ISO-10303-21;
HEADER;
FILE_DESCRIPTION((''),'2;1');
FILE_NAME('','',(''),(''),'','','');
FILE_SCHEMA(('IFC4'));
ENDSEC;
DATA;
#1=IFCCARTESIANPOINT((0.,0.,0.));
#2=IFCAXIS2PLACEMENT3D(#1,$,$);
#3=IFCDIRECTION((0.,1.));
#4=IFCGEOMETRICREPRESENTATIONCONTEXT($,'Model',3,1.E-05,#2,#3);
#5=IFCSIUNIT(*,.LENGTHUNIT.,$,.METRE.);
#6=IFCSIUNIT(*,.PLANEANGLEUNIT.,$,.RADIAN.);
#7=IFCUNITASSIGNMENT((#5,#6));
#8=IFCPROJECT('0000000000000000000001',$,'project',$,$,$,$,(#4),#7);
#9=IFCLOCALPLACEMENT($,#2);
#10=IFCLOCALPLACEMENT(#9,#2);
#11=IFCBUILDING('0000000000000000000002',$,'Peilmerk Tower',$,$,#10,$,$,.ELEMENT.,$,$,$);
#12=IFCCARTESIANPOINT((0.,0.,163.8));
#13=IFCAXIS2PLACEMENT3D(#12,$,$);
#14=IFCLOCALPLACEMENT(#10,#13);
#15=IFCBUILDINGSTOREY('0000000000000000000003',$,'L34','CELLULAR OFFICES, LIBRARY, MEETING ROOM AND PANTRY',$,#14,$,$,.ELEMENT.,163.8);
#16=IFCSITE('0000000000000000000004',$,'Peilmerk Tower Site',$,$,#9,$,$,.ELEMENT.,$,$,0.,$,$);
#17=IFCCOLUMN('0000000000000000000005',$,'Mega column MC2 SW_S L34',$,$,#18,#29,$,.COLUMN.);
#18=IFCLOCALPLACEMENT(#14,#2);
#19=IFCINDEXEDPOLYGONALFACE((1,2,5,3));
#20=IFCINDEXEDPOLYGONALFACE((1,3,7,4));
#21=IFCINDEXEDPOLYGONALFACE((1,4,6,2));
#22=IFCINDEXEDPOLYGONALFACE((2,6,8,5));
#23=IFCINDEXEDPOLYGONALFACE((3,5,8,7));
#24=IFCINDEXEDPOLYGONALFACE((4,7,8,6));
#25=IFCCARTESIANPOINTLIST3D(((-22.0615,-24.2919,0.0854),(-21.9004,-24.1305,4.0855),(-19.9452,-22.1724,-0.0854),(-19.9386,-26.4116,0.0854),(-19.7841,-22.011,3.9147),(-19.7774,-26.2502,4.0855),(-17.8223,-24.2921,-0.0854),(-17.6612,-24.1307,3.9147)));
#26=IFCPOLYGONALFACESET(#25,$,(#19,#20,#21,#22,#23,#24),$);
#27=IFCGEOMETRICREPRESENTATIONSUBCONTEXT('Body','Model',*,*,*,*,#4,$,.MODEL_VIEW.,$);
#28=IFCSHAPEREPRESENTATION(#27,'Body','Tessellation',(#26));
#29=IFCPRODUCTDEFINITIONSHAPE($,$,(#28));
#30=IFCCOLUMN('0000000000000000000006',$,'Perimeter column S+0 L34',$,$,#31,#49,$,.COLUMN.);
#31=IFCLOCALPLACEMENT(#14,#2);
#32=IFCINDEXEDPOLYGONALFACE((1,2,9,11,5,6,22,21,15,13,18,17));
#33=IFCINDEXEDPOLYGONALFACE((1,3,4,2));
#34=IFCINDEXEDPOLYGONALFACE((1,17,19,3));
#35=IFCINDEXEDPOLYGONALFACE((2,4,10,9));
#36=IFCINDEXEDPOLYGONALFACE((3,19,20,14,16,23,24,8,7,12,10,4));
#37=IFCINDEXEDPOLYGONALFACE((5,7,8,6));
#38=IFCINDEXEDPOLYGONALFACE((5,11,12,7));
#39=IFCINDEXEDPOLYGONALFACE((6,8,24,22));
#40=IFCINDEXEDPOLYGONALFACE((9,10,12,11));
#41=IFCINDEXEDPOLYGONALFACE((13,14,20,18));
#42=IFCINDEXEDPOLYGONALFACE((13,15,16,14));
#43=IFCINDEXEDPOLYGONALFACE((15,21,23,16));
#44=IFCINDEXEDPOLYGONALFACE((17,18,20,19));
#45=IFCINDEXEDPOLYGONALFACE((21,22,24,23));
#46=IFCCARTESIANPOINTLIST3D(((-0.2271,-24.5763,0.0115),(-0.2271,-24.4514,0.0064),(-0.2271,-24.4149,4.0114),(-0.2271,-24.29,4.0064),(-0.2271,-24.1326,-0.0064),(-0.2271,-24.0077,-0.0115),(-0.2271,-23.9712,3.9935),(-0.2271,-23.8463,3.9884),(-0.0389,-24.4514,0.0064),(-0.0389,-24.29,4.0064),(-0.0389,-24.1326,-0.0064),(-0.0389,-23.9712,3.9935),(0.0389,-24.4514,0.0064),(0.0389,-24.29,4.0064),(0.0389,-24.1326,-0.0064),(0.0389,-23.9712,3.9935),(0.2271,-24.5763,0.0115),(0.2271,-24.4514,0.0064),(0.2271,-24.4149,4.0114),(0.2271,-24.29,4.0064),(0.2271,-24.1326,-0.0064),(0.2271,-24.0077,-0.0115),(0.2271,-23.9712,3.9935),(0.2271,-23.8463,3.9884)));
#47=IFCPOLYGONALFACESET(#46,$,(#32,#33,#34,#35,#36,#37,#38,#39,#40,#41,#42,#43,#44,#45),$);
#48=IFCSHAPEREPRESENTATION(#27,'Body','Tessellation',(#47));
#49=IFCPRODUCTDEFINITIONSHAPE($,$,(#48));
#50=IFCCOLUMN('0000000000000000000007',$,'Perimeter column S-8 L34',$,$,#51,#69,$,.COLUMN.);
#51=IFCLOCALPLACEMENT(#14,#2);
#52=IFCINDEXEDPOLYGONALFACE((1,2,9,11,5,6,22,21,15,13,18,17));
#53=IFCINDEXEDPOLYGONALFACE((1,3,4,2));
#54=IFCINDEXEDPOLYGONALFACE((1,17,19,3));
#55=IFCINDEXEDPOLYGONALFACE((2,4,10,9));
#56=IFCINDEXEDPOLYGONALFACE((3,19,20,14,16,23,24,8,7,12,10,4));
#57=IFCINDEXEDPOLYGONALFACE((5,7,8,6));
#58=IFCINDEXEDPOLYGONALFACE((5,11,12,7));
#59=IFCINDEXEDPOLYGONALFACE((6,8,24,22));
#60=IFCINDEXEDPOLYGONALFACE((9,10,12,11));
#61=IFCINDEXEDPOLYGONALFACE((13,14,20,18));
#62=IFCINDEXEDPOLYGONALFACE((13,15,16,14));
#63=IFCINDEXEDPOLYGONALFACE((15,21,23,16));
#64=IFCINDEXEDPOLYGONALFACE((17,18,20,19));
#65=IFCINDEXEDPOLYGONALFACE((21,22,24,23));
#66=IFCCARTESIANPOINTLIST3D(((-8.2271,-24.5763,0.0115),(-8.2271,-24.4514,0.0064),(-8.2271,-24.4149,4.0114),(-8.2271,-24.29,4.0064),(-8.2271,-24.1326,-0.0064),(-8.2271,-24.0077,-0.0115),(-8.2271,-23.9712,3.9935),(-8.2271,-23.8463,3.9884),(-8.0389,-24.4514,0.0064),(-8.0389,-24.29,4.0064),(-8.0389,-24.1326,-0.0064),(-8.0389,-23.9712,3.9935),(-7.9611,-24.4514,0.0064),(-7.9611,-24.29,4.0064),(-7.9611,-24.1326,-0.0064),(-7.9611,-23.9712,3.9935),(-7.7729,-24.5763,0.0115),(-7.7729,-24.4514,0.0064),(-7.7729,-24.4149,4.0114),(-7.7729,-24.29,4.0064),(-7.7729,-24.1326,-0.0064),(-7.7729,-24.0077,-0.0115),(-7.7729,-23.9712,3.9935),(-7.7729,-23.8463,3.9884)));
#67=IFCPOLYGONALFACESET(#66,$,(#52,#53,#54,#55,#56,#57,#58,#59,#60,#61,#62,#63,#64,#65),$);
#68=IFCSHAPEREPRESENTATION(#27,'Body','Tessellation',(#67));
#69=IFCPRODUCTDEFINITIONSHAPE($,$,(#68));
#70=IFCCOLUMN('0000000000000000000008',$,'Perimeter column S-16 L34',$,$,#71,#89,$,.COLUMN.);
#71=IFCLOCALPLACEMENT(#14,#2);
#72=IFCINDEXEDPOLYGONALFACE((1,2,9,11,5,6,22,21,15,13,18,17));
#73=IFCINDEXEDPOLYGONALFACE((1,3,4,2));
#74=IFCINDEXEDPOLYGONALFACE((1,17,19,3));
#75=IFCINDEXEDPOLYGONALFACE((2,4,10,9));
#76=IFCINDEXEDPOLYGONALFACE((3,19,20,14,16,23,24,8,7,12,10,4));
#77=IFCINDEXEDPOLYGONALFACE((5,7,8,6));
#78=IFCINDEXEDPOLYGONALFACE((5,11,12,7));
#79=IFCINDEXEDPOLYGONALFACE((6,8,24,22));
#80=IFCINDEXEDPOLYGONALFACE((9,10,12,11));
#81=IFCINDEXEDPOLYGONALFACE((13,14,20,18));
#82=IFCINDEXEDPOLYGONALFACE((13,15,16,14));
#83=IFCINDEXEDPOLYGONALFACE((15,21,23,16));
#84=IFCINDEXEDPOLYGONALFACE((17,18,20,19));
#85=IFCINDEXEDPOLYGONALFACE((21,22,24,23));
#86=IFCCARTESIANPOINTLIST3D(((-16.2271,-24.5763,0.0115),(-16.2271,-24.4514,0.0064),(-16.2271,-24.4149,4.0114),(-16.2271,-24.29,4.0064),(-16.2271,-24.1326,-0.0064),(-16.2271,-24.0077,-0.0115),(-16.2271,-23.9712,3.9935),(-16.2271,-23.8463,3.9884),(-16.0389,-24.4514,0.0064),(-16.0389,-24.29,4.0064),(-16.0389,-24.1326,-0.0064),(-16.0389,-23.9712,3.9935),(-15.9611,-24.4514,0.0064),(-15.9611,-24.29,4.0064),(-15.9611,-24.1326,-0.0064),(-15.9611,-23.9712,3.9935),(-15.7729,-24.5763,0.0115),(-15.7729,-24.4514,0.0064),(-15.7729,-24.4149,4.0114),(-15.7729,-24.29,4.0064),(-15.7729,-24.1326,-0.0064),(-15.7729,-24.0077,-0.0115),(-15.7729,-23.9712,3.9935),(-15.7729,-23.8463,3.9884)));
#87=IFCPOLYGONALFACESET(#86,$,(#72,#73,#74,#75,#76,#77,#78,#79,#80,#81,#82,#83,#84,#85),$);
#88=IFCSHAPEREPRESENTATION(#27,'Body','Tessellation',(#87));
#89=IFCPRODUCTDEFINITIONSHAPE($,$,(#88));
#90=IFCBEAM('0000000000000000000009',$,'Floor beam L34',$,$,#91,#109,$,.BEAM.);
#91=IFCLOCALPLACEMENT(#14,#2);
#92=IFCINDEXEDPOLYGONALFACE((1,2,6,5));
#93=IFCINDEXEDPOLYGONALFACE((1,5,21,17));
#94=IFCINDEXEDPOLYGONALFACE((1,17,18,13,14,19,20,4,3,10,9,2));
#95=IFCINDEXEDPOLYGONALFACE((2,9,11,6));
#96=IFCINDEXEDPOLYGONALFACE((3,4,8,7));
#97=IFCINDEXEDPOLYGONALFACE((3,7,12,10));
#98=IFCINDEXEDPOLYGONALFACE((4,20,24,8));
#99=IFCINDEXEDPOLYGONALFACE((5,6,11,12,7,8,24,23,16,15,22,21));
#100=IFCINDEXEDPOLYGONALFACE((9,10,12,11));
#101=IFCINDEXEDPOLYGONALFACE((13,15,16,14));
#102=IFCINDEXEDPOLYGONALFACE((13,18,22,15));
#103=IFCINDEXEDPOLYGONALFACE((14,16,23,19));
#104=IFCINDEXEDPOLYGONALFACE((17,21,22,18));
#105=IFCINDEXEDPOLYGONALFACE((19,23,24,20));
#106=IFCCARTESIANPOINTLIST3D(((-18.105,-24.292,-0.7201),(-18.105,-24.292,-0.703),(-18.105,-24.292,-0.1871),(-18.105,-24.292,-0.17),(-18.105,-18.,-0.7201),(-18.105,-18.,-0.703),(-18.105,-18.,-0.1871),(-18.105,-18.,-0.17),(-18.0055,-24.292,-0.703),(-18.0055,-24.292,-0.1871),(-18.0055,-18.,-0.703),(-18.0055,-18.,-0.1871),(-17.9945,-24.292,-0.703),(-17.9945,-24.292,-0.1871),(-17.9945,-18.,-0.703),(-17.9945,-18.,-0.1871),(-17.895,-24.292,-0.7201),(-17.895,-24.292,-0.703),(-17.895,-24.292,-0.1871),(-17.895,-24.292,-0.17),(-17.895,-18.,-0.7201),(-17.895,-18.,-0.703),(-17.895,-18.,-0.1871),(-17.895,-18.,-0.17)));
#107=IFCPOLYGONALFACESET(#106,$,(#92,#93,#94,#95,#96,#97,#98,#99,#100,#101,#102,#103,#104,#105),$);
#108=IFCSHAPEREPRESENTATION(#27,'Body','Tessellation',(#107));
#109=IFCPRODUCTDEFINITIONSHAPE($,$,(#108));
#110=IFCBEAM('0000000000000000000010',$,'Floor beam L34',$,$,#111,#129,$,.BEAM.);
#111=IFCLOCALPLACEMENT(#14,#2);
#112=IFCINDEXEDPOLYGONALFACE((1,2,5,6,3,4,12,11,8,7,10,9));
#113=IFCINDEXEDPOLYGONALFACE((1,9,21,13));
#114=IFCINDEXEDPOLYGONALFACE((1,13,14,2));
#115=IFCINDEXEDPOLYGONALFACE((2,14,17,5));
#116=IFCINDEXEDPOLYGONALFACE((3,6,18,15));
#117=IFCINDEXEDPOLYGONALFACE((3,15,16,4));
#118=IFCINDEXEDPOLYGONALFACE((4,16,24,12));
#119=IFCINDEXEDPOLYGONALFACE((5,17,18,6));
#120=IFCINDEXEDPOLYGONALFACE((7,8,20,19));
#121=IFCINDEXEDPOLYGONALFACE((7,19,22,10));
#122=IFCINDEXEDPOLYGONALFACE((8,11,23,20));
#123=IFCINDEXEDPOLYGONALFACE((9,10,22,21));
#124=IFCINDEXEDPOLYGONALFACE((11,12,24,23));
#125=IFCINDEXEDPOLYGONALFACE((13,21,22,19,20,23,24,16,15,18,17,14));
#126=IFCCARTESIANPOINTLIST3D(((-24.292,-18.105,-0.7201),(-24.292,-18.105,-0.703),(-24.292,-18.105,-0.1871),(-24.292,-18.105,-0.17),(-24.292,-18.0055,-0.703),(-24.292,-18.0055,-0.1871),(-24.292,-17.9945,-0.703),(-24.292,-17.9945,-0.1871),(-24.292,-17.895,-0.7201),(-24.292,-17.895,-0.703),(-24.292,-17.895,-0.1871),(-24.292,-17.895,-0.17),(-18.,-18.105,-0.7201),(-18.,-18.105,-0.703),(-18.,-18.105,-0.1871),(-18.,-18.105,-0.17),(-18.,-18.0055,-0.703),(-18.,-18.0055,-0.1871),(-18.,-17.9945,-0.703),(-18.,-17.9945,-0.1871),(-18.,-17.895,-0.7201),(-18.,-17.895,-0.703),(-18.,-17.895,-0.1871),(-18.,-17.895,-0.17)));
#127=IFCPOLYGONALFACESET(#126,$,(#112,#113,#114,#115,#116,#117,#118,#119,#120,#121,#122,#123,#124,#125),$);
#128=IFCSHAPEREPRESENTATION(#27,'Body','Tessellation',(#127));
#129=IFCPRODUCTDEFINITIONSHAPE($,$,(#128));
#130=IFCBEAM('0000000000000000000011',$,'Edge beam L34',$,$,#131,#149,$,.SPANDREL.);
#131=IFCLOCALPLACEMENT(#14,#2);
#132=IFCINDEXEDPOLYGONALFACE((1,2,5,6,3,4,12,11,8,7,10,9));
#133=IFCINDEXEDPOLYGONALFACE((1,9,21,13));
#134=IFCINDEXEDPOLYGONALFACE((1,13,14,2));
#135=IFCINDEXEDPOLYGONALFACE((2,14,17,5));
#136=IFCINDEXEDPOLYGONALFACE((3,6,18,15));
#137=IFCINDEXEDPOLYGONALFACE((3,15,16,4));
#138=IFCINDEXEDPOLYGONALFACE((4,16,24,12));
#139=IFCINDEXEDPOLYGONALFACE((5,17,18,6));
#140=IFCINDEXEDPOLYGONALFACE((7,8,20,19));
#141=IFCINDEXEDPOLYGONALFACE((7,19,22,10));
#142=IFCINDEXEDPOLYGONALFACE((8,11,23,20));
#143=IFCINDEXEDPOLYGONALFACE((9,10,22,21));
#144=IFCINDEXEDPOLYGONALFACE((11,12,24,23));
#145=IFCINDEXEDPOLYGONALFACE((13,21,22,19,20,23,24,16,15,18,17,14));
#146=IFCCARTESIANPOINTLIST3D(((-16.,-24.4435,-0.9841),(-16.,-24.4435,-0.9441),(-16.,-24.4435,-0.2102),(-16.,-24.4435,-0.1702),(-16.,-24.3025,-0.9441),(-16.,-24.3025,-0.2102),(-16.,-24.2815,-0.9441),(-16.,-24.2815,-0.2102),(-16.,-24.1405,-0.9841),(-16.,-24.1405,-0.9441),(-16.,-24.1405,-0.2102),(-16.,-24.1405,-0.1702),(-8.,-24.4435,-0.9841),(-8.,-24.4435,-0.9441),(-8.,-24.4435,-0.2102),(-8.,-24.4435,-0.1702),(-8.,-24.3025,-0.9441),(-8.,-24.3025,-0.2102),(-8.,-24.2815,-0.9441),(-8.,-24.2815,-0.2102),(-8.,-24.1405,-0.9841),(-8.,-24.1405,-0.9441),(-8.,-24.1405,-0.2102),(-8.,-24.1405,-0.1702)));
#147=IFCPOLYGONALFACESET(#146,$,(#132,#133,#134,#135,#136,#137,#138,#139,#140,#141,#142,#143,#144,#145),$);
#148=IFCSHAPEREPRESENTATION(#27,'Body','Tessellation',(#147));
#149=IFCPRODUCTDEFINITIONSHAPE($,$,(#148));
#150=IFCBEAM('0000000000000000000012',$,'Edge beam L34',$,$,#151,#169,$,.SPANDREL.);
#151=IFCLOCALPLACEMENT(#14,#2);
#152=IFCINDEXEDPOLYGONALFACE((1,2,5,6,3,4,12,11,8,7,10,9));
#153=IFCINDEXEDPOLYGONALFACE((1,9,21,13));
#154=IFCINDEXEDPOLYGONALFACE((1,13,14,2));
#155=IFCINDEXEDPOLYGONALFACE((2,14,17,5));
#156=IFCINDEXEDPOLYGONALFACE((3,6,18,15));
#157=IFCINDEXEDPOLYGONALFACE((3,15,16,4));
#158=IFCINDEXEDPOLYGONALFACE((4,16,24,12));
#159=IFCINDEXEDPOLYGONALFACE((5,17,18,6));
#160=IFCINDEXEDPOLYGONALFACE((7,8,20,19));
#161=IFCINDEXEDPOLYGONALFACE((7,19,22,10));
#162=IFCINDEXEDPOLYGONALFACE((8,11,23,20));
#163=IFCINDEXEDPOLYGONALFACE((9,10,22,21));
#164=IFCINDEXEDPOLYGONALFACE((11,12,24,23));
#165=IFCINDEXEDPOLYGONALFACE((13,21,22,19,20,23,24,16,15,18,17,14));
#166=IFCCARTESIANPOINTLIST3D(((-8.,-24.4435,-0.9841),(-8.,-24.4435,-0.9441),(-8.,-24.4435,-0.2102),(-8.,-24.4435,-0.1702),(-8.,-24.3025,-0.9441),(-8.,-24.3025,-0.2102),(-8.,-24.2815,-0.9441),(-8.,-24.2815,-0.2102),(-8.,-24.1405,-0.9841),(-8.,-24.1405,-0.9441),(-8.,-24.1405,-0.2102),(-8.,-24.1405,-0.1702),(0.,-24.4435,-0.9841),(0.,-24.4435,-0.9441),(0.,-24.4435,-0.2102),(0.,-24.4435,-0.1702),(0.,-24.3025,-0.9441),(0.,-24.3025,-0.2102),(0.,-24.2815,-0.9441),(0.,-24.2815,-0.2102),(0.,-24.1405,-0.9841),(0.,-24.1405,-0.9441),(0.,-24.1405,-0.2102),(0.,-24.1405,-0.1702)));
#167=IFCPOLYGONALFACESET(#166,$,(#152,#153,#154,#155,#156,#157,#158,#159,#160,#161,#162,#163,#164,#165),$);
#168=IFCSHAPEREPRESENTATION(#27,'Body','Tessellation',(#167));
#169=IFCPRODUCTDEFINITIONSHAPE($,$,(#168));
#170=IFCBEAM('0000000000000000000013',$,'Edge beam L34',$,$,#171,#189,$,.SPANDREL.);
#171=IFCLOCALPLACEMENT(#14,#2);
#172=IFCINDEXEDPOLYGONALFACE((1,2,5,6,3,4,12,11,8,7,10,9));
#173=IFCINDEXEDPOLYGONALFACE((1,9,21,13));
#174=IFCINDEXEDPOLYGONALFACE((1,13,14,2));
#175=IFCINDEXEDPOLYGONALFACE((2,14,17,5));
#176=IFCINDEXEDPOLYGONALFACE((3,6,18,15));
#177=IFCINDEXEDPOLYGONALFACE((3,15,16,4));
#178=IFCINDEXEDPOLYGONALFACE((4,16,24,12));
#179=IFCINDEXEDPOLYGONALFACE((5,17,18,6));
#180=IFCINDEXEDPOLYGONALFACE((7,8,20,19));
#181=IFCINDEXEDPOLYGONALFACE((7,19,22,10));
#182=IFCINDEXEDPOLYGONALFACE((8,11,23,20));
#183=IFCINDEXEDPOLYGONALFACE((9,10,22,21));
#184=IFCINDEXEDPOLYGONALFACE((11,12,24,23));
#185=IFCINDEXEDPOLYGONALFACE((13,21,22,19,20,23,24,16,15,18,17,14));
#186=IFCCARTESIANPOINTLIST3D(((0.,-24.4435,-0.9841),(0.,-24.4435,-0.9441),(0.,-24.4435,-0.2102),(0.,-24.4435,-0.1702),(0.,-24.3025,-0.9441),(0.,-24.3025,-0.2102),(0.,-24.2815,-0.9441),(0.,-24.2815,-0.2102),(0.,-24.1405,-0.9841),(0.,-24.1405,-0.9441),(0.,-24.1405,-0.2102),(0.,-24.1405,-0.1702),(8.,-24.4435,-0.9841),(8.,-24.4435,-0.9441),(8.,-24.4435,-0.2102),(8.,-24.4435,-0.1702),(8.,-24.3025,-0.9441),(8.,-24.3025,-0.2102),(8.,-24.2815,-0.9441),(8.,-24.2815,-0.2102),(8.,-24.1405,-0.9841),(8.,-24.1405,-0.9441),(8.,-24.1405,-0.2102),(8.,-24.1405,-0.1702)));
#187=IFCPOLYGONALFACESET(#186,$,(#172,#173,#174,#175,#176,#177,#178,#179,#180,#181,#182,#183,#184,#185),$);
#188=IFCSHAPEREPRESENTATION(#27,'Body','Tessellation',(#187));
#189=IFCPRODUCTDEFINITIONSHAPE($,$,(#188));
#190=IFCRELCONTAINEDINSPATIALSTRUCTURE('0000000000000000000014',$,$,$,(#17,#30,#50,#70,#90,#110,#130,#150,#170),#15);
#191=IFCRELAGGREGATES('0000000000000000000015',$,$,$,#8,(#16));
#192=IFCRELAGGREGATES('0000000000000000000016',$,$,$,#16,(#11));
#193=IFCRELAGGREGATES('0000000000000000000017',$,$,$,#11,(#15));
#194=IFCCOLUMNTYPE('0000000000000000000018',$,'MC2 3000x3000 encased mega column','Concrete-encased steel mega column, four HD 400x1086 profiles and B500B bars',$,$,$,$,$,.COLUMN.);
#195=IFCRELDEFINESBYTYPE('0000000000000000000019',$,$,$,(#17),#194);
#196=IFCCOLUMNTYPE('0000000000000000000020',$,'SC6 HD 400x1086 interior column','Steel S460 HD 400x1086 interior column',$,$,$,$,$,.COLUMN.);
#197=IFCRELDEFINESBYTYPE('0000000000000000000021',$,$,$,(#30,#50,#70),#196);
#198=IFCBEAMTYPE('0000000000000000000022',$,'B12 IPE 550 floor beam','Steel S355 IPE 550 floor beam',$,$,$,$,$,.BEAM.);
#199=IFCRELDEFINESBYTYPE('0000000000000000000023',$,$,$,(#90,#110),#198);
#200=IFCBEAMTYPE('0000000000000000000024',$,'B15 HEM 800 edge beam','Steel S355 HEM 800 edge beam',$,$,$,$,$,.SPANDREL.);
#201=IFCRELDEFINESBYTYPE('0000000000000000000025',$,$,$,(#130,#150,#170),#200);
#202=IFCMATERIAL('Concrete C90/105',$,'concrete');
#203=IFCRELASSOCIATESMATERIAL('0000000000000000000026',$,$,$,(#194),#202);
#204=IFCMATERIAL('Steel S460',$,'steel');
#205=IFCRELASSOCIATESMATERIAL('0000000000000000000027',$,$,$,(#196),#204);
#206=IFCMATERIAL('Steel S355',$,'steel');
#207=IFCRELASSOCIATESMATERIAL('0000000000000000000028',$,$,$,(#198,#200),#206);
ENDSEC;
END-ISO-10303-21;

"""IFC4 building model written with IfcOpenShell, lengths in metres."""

from ifc_helpers import new_model, si_unit, direction, frame, origin, origin_2d, place, context, subcontext, project, spatial, rectangle, i_section, extrude, material, material_profile, profile_set, type_object, element, save


model = new_model("IFC4")

# Units and contexts
model_context = context("Model", 3, precision=1e-05, world=origin(), true_north=direction((0.0, 1.0)))
body_context = subcontext(model_context, "Body", "Model", "MODEL_VIEW")
ifc_project = project(units=[si_unit("LENGTHUNIT", "METRE"), si_unit("PLANEANGLEUNIT", "RADIAN")], contexts=[model_context])

# Site, building, storey
site_placement = place(None, origin())
site = spatial("IfcSite", under=ifc_project, at=site_placement, Name="Peilmerk Tower Site", CompositionType="ELEMENT", RefElevation=0.0)
building_placement = place(site_placement, origin())
building = spatial("IfcBuilding", under=site, at=building_placement, Name="Peilmerk Tower", CompositionType="ELEMENT")
storey_placement = place(building_placement, frame((0.0, 0.0, 163.8)))
storey = spatial("IfcBuildingStorey", under=building, at=storey_placement, Name="L34", Description="CELLULAR OFFICES, LIBRARY, MEETING ROOM AND PANTRY", CompositionType="ELEMENT", Elevation=163.8)

# Columns
ifc_material_1 = material(Name="Concrete C90/105", Category="concrete")
ifc_material_profile_1 = material_profile(ifc_material_1, rectangle(XDim=3.0, YDim=3.0, at=origin_2d()), Name="RC 3000x3000")
ifc_profile_set_1 = profile_set([ifc_material_profile_1], Name="Concrete C90/105")
column_type_1 = type_object("IfcColumnType", Name="MC2 3000x3000 encased mega column", Description="Concrete-encased steel mega column, four HD 400x1086 profiles and B500B bars", PredefinedType="COLUMN", material=ifc_profile_set_1)
column_placement = place(storey_placement, frame((-19.9419, -24.292, 0.0), z_axis=(0.040218, 0.040279, 0.998379), x_axis=(-0.707642, 0.706571, 0.0)))
element("IfcColumn", 1, at=column_placement, inside=storey, type_object=column_type_1, Name="Mega column MC2 SW_S L34", PredefinedType="COLUMN", context=body_context, shape_type="SweptSolid", body=[
    extrude(rectangle(XDim=3.0, YDim=3.0, at=origin_2d()), origin(), (0.0, 0.0, 1.0), 4.0066),
])
ifc_material_2 = material(Name="Steel S460", Category="steel")
ifc_material_profile_2 = material_profile(ifc_material_2, i_section(OverallWidth=0.4541, OverallDepth=0.5691, WebThickness=0.0779, FlangeThickness=0.125, at=origin_2d()), Name="HD 400x1086")
ifc_profile_set_2 = profile_set([ifc_material_profile_2], Name="Steel S460")
column_type_2 = type_object("IfcColumnType", Name="SC6 HD 400x1086 interior column", Description="Steel S460 HD 400x1086 interior column", PredefinedType="COLUMN", material=ifc_profile_set_2)
for number, where, z_axis, x_axis, name in (
    (2, (0.0, -24.292, 0.0), (0.0, 0.040311, 0.999187), (-1.0, 0.0, 0.0), "Perimeter column S+0 L34"),
    (3, (-8.0, -24.292, 0.0), (0.0, 0.040311, 0.999187), (-1.0, 0.0, 0.0), "Perimeter column S-8 L34"),
    (4, (-16.0, -24.292, 0.0), (0.0, 0.040311, 0.999187), (-1.0, 0.0, 0.0), "Perimeter column S-16 L34"),
):
    element("IfcColumn", number, at=place(storey_placement, frame(where, z_axis=z_axis, x_axis=x_axis)), inside=storey, type_object=column_type_2, Name=name, PredefinedType="COLUMN", context=body_context, shape_type="SweptSolid", body=[
        extrude(i_section(OverallWidth=0.4541, OverallDepth=0.5691, WebThickness=0.0779, FlangeThickness=0.125, at=origin_2d()), origin(), (0.0, 0.0, 1.0), 4.0032),
    ])

# Beams
ifc_material_3 = material(Name="Steel S355", Category="steel")
ifc_material_profile_3 = material_profile(ifc_material_3, i_section(OverallWidth=0.21, OverallDepth=0.55, WebThickness=0.011, FlangeThickness=0.0171, at=origin_2d()), Name="IPE 550")
ifc_profile_set_3 = profile_set([ifc_material_profile_3], Name="Steel S355")
beam_type_1 = type_object("IfcBeamType", Name="B12 IPE 550 floor beam", Description="Steel S355 IPE 550 floor beam", PredefinedType="BEAM", material=ifc_profile_set_3)
for number, where, z_axis, x_axis, name in (
    (5, (-18.0, -18.0, -0.4451), (0.0, -1.0, 0.0), (1.0, 0.0, 0.0), "Floor beam L34"),
    (6, (-18.0, -18.0, -0.4451), (-1.0, 0.0, 0.0), (0.0, -1.0, 0.0), "Floor beam L34"),
):
    element("IfcBeam", number, at=place(storey_placement, frame(where, z_axis=z_axis, x_axis=x_axis)), inside=storey, type_object=beam_type_1, Name=name, PredefinedType="BEAM", context=body_context, shape_type="SweptSolid", body=[
        extrude(i_section(OverallWidth=0.21, OverallDepth=0.55, WebThickness=0.011, FlangeThickness=0.0171, at=origin_2d()), origin(), (0.0, 0.0, 1.0), 6.292),
    ])
ifc_material_profile_4 = material_profile(ifc_material_3, i_section(OverallWidth=0.303, OverallDepth=0.814, WebThickness=0.021, FlangeThickness=0.04, at=origin_2d()), Name="HEM 800")
ifc_profile_set_4 = profile_set([ifc_material_profile_4], Name="Steel S355")
beam_type_2 = type_object("IfcBeamType", Name="B15 HEM 800 edge beam", Description="Steel S355 HEM 800 edge beam", PredefinedType="SPANDREL", material=ifc_profile_set_4)
for number, where, z_axis, x_axis, name in (
    (7, (-16.0, -24.292, -0.5771), (1.0, 0.0, 0.0), (0.0, 1.0, 0.0), "Edge beam L34"),
    (8, (-8.0, -24.292, -0.5771), (1.0, 0.0, 0.0), (0.0, 1.0, 0.0), "Edge beam L34"),
    (9, (0.0, -24.292, -0.5771), (1.0, 0.0, 0.0), (0.0, 1.0, 0.0), "Edge beam L34"),
):
    element("IfcBeam", number, at=place(storey_placement, frame(where, z_axis=z_axis, x_axis=x_axis)), inside=storey, type_object=beam_type_2, Name=name, PredefinedType="SPANDREL", context=body_context, shape_type="SweptSolid", body=[
        extrude(i_section(OverallWidth=0.303, OverallDepth=0.814, WebThickness=0.021, FlangeThickness=0.04, at=origin_2d()), origin(), (0.0, 0.0, 1.0), 8.0),
    ])

save(model, "model.ifc")
